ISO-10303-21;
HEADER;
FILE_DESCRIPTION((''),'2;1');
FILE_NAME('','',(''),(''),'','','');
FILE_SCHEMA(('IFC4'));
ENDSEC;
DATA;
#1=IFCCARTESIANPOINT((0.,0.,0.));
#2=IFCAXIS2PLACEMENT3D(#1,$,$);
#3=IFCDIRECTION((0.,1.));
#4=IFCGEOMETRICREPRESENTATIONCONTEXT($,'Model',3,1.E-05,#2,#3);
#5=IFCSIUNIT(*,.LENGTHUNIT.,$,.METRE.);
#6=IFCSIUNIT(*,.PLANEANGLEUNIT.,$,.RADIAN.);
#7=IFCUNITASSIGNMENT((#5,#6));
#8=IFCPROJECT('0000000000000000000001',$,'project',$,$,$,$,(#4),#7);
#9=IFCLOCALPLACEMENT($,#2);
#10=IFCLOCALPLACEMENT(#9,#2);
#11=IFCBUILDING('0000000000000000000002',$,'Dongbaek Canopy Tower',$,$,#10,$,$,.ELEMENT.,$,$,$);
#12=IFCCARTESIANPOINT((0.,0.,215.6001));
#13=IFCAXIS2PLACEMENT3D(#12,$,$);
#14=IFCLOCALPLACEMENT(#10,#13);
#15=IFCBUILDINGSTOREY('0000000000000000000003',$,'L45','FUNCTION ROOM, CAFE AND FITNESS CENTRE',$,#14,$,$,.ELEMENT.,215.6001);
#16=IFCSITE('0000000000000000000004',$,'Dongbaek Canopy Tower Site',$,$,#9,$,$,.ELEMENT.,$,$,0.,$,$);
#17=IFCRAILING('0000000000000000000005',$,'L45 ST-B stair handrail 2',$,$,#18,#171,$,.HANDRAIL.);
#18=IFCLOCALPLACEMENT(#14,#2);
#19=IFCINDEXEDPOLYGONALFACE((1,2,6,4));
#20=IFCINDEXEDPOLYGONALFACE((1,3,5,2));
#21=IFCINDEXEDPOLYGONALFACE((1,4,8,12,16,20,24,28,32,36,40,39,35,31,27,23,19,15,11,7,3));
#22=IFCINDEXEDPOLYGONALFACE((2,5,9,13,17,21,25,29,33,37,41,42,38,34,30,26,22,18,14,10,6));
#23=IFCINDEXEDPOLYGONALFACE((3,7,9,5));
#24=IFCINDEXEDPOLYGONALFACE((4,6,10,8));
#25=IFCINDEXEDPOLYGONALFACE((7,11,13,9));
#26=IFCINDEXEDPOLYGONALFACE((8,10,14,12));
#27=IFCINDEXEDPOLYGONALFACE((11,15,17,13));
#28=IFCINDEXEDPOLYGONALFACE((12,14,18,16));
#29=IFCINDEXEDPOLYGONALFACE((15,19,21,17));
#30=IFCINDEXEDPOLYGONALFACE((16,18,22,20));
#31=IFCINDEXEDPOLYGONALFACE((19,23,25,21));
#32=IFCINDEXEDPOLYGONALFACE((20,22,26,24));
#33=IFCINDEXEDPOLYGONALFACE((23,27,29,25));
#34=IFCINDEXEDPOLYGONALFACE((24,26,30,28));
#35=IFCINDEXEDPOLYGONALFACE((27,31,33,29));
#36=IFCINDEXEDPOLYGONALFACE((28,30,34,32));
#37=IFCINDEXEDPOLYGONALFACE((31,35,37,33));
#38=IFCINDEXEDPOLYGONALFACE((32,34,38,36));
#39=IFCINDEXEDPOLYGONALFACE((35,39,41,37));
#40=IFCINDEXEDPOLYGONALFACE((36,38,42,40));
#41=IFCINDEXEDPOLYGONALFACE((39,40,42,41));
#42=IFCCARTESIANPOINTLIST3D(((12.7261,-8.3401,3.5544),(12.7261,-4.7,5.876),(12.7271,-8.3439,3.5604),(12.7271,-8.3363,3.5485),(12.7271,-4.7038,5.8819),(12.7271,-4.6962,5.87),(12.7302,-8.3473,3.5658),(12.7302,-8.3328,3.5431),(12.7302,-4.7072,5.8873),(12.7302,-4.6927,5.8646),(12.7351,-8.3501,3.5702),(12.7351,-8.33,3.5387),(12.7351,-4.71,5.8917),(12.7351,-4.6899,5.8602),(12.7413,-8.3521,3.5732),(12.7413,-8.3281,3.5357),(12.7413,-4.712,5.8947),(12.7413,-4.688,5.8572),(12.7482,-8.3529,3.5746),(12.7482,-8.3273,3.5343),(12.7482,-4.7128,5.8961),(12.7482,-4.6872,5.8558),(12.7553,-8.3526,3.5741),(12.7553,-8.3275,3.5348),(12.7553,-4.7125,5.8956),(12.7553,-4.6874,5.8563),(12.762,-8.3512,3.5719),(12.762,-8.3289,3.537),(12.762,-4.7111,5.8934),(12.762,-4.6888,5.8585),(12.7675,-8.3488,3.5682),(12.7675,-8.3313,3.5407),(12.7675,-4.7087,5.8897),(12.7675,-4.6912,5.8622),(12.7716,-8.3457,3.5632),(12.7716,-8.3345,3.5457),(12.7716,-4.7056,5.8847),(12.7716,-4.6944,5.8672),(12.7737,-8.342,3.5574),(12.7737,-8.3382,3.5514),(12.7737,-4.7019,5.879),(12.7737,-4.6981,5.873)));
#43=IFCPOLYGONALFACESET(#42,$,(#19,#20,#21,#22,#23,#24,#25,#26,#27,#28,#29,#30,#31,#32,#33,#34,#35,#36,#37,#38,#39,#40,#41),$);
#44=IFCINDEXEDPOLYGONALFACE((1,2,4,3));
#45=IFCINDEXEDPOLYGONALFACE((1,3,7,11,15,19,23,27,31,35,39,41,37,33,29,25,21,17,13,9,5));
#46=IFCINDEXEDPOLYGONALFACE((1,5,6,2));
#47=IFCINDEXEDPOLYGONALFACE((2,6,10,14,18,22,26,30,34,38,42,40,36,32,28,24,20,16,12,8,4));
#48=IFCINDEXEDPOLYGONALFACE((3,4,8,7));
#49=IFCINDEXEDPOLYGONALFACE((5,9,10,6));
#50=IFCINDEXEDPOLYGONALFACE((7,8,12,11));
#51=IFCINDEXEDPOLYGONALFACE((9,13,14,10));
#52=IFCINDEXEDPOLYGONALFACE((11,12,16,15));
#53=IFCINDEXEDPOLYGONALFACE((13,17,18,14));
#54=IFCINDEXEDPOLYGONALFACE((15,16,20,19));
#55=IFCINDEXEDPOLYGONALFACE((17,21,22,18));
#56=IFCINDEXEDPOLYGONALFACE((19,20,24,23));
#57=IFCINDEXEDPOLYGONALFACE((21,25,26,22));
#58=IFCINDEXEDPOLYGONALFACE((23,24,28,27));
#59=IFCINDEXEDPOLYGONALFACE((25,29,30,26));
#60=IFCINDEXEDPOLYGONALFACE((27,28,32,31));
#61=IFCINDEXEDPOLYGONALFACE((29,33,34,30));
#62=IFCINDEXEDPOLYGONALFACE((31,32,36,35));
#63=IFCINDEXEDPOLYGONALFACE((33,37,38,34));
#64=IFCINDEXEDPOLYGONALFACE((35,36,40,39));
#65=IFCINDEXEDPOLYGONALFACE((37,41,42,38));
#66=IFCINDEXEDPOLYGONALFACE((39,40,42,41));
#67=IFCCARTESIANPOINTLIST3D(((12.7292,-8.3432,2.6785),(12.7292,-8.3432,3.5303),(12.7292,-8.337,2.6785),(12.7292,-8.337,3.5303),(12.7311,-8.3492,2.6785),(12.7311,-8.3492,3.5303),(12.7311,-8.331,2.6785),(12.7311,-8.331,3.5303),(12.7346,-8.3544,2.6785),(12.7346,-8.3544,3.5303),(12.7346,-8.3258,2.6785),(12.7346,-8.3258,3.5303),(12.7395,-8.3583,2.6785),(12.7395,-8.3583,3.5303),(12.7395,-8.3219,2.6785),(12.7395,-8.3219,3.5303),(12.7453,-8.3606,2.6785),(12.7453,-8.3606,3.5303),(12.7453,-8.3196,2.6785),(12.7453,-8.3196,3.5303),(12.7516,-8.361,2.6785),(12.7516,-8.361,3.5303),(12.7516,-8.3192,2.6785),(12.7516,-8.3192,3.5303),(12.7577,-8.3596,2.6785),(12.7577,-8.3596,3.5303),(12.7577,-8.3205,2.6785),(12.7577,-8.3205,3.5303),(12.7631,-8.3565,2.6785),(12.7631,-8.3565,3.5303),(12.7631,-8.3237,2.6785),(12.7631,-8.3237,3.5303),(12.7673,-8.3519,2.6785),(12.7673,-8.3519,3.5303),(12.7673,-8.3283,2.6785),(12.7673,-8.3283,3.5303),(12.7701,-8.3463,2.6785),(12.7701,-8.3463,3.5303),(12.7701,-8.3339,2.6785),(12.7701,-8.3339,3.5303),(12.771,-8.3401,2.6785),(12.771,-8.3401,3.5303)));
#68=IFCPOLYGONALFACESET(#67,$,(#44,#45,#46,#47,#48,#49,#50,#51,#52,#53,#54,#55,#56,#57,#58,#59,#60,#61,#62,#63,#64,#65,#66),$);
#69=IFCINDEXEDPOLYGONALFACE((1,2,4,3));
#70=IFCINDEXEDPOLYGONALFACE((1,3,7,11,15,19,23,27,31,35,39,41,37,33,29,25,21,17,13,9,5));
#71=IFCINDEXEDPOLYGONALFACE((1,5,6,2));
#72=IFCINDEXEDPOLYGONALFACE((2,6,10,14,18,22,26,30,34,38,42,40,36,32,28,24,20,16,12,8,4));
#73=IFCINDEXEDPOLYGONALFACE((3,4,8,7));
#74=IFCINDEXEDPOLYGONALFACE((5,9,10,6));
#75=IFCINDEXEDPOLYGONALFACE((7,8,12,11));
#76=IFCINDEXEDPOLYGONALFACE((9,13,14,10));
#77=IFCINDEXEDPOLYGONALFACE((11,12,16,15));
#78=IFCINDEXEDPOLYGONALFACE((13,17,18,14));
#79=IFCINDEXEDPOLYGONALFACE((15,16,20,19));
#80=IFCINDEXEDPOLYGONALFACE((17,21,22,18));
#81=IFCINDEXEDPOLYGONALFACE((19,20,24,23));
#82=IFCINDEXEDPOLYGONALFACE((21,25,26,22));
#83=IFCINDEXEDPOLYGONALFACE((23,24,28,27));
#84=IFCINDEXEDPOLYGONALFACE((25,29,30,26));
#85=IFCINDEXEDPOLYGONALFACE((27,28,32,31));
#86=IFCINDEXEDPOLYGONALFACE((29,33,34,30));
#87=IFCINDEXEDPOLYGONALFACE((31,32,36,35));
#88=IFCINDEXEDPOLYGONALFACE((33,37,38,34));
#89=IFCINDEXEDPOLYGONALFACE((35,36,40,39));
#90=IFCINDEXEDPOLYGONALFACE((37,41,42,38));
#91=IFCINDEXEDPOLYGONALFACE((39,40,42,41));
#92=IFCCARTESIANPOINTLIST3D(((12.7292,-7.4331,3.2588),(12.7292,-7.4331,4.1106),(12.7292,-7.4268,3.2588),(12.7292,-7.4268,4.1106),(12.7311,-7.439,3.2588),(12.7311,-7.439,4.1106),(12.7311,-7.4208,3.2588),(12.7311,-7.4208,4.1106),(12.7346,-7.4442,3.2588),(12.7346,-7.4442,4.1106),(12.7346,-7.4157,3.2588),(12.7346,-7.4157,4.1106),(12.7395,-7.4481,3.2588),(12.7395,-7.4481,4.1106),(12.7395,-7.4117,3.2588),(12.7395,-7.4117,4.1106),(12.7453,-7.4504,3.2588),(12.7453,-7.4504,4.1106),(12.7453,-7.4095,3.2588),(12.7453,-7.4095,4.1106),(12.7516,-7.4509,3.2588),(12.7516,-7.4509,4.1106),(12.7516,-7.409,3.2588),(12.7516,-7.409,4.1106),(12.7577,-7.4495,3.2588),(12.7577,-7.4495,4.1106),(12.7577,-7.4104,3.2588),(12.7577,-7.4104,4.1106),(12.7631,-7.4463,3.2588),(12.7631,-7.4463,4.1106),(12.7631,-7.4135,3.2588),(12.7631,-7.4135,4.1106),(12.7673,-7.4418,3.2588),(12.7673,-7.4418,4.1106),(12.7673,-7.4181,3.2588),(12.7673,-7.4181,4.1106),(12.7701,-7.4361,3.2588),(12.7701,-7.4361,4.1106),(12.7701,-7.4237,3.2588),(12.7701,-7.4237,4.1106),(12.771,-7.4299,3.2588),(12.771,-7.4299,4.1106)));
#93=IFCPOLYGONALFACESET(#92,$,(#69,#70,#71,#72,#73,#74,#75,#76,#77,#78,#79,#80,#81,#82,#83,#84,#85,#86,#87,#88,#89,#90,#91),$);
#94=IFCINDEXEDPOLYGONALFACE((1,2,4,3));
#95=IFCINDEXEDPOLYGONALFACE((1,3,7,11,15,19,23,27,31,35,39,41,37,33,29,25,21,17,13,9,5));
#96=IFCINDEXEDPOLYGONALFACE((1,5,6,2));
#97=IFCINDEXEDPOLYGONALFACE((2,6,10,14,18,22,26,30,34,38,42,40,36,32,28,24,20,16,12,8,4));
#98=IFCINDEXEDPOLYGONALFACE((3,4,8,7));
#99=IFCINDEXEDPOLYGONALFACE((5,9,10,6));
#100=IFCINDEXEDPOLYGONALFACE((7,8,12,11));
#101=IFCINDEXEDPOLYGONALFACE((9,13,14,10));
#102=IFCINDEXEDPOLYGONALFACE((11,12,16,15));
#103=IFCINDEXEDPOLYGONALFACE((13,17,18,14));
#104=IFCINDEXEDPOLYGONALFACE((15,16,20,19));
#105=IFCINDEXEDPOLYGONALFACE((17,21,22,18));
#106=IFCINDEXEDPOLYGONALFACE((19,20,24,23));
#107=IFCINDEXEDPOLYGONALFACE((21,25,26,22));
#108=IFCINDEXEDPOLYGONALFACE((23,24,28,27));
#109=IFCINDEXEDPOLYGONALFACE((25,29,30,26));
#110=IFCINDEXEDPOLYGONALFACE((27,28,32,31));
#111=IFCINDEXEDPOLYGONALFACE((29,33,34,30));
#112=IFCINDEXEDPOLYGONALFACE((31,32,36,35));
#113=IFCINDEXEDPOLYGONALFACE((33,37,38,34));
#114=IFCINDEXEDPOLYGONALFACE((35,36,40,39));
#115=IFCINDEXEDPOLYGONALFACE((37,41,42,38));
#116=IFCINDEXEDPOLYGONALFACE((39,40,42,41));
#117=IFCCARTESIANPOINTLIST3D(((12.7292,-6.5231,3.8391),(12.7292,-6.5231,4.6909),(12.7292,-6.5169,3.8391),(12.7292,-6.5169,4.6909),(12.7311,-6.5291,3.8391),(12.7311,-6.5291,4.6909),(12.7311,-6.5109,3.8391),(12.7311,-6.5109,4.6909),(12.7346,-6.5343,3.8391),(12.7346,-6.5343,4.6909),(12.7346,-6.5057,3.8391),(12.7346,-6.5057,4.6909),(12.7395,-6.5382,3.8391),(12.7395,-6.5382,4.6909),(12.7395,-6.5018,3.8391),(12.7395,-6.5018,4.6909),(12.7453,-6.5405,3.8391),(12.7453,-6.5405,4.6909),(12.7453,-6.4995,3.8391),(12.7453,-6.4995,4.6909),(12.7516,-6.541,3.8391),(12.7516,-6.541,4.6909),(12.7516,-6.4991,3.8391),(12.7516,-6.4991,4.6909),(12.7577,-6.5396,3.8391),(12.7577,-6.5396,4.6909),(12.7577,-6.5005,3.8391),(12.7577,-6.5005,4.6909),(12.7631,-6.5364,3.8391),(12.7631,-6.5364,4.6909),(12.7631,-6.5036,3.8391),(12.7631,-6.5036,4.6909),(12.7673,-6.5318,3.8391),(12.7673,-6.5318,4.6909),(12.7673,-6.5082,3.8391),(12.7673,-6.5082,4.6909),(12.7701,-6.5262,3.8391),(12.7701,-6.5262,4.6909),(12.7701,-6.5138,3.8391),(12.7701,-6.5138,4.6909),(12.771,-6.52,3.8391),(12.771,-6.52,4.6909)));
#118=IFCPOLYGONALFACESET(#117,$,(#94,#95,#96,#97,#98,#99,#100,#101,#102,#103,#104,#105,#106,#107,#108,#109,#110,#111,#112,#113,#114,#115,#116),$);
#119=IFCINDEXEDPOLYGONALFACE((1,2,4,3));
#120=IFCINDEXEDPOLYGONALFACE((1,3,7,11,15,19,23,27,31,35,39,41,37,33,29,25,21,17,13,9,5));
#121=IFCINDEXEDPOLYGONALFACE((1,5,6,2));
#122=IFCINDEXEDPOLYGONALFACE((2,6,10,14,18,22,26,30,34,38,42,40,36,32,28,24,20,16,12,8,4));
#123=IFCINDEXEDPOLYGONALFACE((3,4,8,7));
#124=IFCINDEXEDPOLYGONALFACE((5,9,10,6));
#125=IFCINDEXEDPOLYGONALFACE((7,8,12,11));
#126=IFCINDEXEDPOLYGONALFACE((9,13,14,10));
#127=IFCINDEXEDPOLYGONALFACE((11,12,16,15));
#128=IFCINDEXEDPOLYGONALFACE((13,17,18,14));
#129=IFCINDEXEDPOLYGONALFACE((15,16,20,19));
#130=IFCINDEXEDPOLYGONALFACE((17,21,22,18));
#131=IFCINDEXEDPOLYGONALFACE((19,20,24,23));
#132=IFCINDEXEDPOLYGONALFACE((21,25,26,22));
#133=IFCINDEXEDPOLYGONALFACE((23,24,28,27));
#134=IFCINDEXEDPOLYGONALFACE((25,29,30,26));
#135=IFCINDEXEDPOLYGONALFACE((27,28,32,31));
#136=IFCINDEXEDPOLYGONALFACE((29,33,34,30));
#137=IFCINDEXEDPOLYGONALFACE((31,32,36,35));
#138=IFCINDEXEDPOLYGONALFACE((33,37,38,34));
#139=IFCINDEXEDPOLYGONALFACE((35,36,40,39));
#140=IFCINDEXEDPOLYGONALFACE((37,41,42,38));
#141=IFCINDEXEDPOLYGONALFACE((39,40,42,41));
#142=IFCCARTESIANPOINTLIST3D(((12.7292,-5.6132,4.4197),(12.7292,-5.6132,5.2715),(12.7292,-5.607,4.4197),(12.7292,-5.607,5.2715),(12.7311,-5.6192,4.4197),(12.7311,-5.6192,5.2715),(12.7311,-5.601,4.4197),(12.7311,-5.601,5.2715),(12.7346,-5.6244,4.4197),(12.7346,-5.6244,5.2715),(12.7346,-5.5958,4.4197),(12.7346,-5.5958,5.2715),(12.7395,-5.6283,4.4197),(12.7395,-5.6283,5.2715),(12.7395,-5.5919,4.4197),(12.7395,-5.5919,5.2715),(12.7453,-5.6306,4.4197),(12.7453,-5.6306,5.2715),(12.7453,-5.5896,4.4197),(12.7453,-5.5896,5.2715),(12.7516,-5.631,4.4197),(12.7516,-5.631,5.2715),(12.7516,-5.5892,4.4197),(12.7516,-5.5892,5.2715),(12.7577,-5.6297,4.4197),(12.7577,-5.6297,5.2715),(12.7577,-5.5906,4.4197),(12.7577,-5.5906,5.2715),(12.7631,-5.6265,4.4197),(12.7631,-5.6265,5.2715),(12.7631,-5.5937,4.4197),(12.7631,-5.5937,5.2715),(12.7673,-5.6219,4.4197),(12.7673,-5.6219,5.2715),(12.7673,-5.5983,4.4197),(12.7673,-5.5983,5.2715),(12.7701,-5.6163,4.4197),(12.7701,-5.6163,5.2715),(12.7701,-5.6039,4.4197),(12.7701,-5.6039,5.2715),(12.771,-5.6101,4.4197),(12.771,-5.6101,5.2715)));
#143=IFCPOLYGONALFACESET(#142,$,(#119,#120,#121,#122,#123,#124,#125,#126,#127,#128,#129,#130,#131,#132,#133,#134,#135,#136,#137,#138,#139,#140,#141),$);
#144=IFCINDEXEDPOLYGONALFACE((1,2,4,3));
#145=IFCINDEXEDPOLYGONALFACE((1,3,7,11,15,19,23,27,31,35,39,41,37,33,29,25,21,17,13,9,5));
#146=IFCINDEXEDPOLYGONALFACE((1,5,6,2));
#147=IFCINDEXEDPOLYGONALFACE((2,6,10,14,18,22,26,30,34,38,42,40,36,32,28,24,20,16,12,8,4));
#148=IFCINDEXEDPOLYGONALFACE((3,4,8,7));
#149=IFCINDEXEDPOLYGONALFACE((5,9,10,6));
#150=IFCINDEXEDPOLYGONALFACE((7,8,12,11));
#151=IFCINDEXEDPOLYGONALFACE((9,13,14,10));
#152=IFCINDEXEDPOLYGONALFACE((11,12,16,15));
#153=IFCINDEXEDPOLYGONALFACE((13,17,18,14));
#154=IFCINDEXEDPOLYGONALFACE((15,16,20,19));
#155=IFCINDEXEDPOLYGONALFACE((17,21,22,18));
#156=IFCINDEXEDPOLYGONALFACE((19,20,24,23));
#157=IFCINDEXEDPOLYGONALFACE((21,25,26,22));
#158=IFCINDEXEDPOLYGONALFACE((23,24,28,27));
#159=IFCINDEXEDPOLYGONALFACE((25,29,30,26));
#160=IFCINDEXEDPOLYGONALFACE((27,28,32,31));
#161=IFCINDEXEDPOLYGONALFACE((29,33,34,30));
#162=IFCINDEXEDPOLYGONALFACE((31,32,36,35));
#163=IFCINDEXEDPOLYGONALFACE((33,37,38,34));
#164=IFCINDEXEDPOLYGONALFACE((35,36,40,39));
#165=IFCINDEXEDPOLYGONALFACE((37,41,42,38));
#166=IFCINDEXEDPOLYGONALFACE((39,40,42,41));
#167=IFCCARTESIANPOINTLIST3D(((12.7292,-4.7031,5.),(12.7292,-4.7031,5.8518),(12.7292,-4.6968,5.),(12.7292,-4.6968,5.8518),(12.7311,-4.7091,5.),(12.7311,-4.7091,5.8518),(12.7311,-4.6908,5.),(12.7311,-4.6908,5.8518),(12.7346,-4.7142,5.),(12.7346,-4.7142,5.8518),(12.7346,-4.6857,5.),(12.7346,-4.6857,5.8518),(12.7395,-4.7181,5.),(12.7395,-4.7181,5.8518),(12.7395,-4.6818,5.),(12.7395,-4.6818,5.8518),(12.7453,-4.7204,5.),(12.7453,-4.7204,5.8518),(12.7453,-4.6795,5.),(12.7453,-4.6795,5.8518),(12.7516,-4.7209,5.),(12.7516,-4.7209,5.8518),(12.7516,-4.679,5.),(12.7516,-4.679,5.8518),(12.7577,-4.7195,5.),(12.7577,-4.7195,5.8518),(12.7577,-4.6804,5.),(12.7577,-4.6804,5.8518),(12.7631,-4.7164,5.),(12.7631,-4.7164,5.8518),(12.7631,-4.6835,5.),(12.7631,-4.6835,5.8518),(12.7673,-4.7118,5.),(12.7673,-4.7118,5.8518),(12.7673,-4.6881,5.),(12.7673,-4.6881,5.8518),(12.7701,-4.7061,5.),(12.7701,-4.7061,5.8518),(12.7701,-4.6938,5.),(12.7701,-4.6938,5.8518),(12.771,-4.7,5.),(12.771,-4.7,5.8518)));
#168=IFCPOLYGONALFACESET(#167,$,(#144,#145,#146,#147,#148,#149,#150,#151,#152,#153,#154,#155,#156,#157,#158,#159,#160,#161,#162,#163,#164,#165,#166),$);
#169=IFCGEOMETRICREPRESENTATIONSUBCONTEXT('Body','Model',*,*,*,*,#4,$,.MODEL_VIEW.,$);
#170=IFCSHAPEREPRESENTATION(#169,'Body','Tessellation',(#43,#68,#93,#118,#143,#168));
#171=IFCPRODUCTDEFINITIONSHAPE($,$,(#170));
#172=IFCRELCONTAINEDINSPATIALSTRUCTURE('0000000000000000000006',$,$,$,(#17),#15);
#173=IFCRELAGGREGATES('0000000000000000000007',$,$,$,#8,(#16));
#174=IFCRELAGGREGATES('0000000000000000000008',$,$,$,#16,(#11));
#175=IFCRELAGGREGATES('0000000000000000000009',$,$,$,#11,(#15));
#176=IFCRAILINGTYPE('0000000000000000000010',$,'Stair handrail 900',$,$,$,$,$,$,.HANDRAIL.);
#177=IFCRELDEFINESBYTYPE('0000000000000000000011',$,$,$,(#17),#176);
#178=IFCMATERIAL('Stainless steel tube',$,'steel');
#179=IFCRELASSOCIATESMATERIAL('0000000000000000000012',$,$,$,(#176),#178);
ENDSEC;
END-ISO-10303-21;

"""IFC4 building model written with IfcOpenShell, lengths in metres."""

from ifc_helpers import new_model, si_unit, direction, frame, origin, origin_2d, place, context, subcontext, project, spatial, circle, extrude, material, type_object, element, save


model = new_model("IFC4")

# Units and contexts
model_context = context("Model", 3, precision=1e-05, world=origin(), true_north=direction((0.0, 1.0)))
body_context = subcontext(model_context, "Body", "Model", "MODEL_VIEW")
ifc_project = project(units=[si_unit("LENGTHUNIT", "METRE"), si_unit("PLANEANGLEUNIT", "RADIAN")], contexts=[model_context])

# Site, building, storey
site_placement = place(None, origin())
site = spatial("IfcSite", under=ifc_project, at=site_placement, Name="Dongbaek Canopy Tower Site", CompositionType="ELEMENT", RefElevation=0.0)
building_placement = place(site_placement, origin())
building = spatial("IfcBuilding", under=site, at=building_placement, Name="Dongbaek Canopy Tower", CompositionType="ELEMENT")
storey_placement = place(building_placement, frame((0.0, 0.0, 215.6001)))
storey = spatial("IfcBuildingStorey", under=building, at=storey_placement, Name="L45", Description="FUNCTION ROOM, CAFE AND FITNESS CENTRE", CompositionType="ELEMENT", Elevation=215.6001)

# Railing
ifc_material_1 = material(Name="Stainless steel tube", Category="steel")
railing_type_1 = type_object("IfcRailingType", Name="Stair handrail 900", PredefinedType="HANDRAIL", material=ifc_material_1)
railing_1_placement = place(storey_placement, frame((12.75, -8.3401, 2.6785)))
element("IfcRailing", 1, at=railing_1_placement, inside=storey, type_object=railing_type_1, Name="L45 ST-B stair handrail 2", PredefinedType="HANDRAIL", context=body_context, shape_type="SweptSolid", body=[
    extrude(circle(Radius=0.0239, at=origin_2d()), frame((0.0, 0.0, 0.876), z_axis=(0.0, 0.843128, 0.537713), x_axis=(-1.0, 0.0, 0.0)), (0.0, 0.0, 1.0), 4.3174),
    extrude(circle(Radius=0.021, at=origin_2d()), origin(), (0.0, 0.0, 1.0), 0.8518),
    extrude(circle(Radius=0.021, at=origin_2d()), frame((0.0, 0.9102, 0.5803)), (0.0, 0.0, 1.0), 0.8518),
    extrude(circle(Radius=0.021, at=origin_2d()), frame((0.0, 1.8201, 1.1606)), (0.0, 0.0, 1.0), 0.8518),
    extrude(circle(Radius=0.021, at=origin_2d()), frame((0.0, 2.73, 1.7412)), (0.0, 0.0, 1.0), 0.8518),
    extrude(circle(Radius=0.021, at=origin_2d()), frame((0.0, 3.6401, 2.3215)), (0.0, 0.0, 1.0), 0.8518),
])

save(model, "model.ifc")
